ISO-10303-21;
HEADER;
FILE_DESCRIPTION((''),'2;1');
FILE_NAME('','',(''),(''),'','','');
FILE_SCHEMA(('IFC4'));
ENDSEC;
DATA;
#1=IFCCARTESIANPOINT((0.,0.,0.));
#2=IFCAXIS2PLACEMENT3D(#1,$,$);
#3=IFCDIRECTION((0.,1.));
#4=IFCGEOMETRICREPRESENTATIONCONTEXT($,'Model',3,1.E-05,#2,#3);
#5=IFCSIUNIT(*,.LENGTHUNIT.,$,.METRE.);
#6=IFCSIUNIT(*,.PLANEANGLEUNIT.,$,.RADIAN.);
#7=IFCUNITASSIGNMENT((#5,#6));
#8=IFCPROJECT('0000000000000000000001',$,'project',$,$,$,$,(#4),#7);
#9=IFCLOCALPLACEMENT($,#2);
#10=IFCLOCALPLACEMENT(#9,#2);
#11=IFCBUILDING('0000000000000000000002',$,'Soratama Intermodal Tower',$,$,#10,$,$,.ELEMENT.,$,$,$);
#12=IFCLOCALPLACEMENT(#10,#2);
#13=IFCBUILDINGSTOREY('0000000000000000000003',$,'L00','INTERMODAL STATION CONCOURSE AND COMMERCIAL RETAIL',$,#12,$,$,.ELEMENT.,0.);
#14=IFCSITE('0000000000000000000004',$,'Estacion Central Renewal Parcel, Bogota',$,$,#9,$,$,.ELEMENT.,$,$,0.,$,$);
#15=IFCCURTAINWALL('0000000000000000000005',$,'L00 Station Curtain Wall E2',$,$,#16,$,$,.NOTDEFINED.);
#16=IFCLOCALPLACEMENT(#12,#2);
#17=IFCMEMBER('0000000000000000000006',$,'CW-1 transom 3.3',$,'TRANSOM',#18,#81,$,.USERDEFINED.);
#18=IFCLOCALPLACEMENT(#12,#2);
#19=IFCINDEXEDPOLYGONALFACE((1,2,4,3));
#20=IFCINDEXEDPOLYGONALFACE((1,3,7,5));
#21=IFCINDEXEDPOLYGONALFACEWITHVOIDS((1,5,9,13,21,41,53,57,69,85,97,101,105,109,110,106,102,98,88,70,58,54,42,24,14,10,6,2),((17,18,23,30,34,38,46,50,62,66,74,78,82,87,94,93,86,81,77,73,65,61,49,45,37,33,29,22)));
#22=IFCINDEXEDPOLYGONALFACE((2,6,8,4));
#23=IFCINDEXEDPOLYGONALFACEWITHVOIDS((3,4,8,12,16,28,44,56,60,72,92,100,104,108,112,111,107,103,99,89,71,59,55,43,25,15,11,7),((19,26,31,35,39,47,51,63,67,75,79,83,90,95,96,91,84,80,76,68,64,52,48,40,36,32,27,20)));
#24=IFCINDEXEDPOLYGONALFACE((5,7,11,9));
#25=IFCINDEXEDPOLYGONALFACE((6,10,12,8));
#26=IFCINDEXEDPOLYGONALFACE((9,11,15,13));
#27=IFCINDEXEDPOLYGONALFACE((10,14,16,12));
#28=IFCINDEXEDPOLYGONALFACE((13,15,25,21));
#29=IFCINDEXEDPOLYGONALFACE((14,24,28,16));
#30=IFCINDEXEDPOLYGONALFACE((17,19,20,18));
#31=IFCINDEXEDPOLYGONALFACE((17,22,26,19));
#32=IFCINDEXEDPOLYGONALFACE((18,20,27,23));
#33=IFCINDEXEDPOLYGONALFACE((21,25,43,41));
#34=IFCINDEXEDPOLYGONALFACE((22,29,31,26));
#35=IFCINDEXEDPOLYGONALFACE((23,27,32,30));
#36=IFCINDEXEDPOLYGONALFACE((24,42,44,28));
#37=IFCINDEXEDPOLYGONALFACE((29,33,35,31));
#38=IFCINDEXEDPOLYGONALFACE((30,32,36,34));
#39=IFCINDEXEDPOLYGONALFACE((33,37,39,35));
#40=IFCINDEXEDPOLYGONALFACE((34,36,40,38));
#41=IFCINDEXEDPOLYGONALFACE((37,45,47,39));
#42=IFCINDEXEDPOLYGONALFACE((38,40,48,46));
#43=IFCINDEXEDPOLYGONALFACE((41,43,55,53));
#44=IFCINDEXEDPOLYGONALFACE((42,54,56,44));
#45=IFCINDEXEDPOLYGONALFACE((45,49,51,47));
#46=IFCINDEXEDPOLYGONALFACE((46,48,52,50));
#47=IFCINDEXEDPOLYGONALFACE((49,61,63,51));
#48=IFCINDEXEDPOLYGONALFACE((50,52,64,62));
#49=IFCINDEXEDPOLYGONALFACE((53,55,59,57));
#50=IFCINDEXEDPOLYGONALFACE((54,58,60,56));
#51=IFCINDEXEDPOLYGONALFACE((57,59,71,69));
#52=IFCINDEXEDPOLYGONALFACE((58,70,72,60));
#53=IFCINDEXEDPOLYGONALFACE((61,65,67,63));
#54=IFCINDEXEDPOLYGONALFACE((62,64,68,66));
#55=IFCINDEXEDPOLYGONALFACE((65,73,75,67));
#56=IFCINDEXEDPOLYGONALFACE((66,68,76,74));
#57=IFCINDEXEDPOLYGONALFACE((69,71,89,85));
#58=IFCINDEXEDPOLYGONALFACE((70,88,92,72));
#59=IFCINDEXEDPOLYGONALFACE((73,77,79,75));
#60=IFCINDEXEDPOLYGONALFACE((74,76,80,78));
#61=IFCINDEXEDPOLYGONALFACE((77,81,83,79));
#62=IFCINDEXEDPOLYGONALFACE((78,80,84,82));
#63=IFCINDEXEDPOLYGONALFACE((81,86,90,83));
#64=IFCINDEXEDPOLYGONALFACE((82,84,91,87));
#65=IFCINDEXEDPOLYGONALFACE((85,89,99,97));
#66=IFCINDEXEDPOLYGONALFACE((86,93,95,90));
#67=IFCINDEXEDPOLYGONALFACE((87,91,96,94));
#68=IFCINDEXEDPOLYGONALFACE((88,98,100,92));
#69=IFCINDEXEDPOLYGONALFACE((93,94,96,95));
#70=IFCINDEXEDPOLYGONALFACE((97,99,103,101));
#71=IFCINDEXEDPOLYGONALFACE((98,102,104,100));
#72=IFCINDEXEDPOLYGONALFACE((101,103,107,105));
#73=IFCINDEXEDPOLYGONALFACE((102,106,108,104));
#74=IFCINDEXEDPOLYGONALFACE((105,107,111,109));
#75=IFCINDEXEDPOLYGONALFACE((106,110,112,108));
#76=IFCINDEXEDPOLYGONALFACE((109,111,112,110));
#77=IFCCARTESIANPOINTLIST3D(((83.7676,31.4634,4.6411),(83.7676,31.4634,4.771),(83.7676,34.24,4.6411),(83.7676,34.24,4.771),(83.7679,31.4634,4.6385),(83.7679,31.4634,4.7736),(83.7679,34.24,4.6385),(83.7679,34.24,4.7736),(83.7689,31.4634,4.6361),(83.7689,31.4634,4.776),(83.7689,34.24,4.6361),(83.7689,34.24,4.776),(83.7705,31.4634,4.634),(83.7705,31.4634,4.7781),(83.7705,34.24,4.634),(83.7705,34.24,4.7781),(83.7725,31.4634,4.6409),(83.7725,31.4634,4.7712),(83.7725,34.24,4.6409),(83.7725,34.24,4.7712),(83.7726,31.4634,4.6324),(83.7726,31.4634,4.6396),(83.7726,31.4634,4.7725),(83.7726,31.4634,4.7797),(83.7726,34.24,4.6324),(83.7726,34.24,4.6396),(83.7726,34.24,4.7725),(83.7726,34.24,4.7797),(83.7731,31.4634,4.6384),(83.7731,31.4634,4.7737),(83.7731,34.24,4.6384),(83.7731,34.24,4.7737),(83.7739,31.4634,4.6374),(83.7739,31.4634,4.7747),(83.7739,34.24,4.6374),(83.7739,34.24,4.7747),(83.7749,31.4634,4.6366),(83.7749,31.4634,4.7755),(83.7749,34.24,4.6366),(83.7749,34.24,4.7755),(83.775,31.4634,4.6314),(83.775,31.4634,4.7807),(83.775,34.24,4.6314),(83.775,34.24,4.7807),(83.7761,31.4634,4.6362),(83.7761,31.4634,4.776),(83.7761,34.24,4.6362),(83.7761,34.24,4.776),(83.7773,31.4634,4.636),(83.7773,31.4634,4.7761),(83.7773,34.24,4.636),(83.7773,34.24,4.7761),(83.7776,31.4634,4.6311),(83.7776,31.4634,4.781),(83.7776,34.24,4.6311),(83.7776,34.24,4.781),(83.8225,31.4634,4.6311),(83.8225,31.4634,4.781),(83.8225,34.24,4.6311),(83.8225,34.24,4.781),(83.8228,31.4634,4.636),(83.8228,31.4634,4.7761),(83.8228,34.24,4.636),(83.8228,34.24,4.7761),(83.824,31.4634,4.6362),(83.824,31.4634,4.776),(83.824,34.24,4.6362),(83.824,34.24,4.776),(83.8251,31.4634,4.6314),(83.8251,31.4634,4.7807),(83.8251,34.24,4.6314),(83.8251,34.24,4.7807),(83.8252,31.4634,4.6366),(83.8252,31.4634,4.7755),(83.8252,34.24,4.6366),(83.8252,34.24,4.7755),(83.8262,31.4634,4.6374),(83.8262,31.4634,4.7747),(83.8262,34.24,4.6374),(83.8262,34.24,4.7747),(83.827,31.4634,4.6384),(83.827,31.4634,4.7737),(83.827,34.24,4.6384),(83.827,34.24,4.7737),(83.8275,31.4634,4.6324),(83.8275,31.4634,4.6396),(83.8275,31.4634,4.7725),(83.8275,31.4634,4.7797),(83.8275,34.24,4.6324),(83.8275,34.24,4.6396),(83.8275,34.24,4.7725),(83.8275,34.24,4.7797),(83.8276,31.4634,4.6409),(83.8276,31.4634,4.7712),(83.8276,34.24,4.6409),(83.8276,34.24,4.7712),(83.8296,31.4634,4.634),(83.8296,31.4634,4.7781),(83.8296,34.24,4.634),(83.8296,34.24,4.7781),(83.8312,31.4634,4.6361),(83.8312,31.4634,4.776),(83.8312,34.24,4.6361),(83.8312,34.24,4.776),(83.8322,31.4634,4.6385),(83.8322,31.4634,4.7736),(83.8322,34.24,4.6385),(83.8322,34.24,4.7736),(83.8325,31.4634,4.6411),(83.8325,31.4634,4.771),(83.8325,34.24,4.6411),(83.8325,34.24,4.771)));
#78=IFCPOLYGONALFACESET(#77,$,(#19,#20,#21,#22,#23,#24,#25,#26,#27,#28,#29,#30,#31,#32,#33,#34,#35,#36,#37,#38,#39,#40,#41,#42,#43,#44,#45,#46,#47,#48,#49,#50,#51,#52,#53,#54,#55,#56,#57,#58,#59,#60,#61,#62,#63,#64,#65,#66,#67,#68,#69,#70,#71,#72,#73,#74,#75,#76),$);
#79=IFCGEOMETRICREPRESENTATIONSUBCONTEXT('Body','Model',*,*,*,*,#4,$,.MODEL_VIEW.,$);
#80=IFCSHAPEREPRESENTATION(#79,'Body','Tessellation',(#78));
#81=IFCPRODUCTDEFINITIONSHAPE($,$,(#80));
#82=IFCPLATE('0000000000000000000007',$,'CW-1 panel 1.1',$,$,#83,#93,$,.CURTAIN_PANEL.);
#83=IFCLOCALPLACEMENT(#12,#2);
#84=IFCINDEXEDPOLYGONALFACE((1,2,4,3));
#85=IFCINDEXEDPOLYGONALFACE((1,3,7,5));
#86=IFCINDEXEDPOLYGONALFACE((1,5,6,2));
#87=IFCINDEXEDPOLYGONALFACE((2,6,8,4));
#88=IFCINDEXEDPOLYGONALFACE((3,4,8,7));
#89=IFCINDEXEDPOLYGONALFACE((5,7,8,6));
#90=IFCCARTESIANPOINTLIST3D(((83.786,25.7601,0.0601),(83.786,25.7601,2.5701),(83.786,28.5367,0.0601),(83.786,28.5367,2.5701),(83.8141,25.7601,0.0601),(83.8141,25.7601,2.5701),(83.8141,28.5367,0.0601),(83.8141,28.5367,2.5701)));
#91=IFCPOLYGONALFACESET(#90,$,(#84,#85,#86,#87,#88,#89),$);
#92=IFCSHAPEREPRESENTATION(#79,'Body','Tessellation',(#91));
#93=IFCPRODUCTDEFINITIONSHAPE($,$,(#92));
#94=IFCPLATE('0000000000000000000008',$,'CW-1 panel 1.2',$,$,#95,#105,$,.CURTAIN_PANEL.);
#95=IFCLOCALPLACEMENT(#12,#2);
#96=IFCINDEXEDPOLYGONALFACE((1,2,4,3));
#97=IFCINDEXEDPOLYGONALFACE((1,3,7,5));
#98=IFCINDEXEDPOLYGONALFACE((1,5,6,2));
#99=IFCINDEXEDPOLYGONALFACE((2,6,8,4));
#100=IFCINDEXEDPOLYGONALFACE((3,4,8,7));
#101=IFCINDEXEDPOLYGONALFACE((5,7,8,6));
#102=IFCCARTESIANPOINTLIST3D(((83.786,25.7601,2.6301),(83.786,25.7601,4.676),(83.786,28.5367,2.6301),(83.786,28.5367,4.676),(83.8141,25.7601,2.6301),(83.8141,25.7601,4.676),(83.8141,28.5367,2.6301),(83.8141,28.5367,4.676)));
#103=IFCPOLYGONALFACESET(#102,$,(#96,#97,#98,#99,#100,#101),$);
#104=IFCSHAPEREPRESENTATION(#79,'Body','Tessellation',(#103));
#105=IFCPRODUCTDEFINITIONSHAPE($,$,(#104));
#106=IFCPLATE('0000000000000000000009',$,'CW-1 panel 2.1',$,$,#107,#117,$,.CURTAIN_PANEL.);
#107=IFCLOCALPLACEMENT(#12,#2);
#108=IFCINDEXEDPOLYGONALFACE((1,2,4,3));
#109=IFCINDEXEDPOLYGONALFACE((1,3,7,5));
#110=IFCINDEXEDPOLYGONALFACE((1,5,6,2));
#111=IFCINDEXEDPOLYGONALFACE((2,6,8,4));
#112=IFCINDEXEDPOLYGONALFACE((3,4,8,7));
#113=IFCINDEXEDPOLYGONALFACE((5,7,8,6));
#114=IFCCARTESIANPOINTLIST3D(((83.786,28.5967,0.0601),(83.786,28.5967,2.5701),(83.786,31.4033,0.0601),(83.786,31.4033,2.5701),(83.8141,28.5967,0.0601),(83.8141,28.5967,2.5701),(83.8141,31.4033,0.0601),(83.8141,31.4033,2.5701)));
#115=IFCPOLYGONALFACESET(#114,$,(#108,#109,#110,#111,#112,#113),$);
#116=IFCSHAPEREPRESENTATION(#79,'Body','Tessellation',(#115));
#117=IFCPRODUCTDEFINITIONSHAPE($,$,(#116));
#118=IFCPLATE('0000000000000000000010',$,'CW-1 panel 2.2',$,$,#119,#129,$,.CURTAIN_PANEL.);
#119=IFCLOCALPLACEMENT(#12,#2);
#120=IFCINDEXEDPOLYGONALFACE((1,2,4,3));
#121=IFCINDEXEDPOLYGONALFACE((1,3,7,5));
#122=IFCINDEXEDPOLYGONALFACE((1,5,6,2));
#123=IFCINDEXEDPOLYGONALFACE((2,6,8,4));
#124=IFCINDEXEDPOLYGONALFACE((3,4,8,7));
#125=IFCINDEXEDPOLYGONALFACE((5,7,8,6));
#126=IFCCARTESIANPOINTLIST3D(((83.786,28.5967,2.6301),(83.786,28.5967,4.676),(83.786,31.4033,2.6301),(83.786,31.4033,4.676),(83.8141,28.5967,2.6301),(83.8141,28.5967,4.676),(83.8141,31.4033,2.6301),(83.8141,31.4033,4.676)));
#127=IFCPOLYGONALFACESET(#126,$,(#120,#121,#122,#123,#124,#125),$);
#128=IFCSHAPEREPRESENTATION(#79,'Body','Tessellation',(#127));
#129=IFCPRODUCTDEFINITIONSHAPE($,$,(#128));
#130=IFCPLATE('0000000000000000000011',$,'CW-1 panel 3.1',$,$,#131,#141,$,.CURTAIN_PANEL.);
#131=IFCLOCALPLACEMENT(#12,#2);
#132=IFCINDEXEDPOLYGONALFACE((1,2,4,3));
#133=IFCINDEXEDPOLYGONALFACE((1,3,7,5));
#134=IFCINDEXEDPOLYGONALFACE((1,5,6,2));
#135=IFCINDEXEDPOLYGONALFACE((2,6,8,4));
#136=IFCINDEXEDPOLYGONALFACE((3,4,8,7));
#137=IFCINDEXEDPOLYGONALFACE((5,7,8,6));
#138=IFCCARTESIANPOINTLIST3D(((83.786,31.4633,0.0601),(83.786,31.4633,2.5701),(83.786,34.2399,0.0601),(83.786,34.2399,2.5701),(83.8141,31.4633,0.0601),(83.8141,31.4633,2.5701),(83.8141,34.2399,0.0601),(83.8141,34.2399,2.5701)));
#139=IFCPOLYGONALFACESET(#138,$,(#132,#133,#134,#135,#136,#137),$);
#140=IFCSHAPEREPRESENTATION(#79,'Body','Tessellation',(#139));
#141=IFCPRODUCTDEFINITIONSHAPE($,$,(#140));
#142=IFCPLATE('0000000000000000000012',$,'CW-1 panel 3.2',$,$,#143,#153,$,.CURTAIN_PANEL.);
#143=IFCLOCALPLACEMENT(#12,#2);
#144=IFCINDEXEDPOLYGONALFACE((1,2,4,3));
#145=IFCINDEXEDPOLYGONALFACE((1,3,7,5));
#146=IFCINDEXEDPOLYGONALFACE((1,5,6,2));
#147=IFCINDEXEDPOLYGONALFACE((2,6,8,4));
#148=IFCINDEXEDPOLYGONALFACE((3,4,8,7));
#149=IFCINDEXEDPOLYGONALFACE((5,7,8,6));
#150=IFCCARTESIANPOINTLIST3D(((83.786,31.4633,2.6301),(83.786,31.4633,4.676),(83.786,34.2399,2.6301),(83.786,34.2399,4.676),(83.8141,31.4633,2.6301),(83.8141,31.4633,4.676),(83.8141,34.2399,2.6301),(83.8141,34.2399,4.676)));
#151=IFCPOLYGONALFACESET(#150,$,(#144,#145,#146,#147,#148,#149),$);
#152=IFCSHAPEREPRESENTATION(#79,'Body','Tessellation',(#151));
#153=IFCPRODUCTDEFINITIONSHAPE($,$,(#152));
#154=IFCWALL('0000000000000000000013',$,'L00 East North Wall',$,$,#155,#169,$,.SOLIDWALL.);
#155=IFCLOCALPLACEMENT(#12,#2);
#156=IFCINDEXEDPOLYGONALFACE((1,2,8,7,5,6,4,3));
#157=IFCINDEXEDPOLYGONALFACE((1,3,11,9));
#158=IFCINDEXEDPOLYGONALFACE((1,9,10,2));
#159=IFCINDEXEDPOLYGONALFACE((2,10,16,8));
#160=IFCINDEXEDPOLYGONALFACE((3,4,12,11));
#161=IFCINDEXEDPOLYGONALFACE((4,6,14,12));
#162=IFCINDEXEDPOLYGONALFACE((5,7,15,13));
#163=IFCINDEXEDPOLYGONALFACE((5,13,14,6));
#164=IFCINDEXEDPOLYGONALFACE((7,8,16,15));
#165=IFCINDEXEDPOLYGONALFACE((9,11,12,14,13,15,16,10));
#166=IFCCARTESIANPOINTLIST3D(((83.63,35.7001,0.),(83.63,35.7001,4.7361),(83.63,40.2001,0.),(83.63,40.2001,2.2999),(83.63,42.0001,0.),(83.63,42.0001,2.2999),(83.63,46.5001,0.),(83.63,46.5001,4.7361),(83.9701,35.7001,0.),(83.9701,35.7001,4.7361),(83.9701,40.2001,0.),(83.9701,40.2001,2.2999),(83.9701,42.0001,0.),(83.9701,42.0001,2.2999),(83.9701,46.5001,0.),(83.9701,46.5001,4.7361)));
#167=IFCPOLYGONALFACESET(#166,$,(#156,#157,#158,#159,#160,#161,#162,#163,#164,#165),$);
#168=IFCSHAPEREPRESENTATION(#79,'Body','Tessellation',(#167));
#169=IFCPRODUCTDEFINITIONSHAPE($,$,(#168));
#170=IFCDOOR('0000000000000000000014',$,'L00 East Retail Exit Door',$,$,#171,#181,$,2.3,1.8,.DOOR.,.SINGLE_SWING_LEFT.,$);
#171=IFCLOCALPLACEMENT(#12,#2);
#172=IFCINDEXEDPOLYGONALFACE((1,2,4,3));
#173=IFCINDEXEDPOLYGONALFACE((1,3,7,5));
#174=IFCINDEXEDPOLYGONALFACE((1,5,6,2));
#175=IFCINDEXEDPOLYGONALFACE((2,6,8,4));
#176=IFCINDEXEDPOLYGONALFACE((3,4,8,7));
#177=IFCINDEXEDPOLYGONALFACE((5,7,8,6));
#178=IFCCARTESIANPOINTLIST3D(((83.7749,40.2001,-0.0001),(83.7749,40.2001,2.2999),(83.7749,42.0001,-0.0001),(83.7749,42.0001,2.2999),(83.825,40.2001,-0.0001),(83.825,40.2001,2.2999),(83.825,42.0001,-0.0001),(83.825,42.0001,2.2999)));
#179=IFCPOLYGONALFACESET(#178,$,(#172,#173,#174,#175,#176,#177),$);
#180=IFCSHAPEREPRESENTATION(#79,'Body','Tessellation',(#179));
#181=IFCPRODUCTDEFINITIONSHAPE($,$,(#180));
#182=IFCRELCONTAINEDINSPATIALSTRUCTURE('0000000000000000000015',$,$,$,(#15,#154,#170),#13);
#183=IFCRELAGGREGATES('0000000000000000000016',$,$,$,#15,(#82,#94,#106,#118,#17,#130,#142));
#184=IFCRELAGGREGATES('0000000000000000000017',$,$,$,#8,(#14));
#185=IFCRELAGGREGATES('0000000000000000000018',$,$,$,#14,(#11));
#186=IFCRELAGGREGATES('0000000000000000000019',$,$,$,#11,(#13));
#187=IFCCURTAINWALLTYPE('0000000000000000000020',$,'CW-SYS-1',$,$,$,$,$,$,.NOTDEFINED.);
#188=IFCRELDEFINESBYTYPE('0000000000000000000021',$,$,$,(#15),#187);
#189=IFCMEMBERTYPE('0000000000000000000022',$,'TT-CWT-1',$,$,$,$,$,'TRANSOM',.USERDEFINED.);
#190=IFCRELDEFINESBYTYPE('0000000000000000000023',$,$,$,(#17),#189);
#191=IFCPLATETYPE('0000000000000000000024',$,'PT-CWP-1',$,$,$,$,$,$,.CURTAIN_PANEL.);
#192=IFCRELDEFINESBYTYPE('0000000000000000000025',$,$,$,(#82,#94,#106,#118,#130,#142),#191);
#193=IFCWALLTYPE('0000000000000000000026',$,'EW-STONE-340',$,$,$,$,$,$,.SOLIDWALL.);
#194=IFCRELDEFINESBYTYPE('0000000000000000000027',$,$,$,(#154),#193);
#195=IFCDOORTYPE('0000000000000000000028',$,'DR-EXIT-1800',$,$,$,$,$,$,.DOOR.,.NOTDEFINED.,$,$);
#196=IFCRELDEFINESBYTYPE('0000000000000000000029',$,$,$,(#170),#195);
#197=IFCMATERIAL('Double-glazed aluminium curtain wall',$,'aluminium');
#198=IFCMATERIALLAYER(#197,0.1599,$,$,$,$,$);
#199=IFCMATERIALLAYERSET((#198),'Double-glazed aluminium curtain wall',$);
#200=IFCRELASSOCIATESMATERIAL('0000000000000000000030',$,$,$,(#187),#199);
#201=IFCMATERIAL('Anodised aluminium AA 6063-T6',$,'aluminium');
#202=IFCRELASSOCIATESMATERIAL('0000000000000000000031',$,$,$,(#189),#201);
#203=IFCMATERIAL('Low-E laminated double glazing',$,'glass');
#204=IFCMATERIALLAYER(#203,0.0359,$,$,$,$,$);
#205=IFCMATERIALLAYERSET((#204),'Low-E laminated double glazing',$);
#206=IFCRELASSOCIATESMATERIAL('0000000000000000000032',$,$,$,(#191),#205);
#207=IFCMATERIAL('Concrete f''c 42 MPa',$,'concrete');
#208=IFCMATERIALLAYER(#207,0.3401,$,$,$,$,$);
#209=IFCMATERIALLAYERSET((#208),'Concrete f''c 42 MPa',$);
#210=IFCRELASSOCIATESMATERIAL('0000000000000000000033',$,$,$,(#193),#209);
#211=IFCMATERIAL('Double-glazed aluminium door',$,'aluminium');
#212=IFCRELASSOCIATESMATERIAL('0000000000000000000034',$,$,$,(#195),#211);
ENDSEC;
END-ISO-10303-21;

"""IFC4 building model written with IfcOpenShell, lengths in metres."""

from ifc_helpers import new_model, si_unit, direction, frame, frame_2d, origin, origin_2d, place, context, subcontext, project, spatial, rectangle, hollow_rectangle, extrude, material, layer, layer_set, material_profile, profile_set, type_object, element, fill, aggregate, save


model = new_model("IFC4")

# Units and contexts
model_context = context("Model", 3, precision=1e-05, world=origin(), true_north=direction((0.0, 1.0)))
body_context = subcontext(model_context, "Body", "Model", "MODEL_VIEW")
ifc_project = project(units=[si_unit("LENGTHUNIT", "METRE"), si_unit("PLANEANGLEUNIT", "RADIAN")], contexts=[model_context])

# Site, building, storey
site_placement = place(None, origin())
site = spatial("IfcSite", under=ifc_project, at=site_placement, Name="Estacion Central Renewal Parcel, Bogota", CompositionType="ELEMENT", RefElevation=0.0)
building_placement = place(site_placement, origin())
building = spatial("IfcBuilding", under=site, at=building_placement, Name="Soratama Intermodal Tower", CompositionType="ELEMENT")
storey_placement = place(building_placement, origin())
storey = spatial("IfcBuildingStorey", under=building, at=storey_placement, Name="L00", Description="INTERMODAL STATION CONCOURSE AND COMMERCIAL RETAIL", CompositionType="ELEMENT", Elevation=0.0)

# Curtain wall, member, plates
ifc_material_1 = material(Name="Double-glazed aluminium curtain wall", Category="aluminium")
ifc_layer_1 = layer(ifc_material_1, 0.1599)
ifc_layer_set_1 = layer_set([ifc_layer_1], Name="Double-glazed aluminium curtain wall")
curtain_wall_type = type_object("IfcCurtainWallType", Name="CW-SYS-1", PredefinedType="NOTDEFINED", material=ifc_layer_set_1)
curtain_wall_placement = place(storey_placement, origin())
curtain_wall = element("IfcCurtainWall", 1, at=curtain_wall_placement, inside=storey, type_object=curtain_wall_type, Name="L00 Station Curtain Wall E2", PredefinedType="NOTDEFINED")
ifc_material_2 = material(Name="Anodised aluminium AA 6063-T6", Category="aluminium")
ifc_material_profile_1 = material_profile(ifc_material_2, hollow_rectangle(XDim=0.0649, YDim=0.1499, WallThickness=0.0049, InnerFilletRadius=0.0049, OuterFilletRadius=0.01, at=origin_2d()), Name="CWT150X65X5")
ifc_profile_set_1 = profile_set([ifc_material_profile_1], Name="Anodised aluminium AA 6063-T6")
member_type_1 = type_object("IfcMemberType", Name="TT-CWT-1", ElementType="TRANSOM", PredefinedType="USERDEFINED", material=ifc_profile_set_1)
member_1_placement = place(storey_placement, frame((83.8, 31.4634, 4.7061), z_axis=(0.0, 1.0, 0.0), x_axis=(-1.0, 0.0, 0.0)))
member_1 = element("IfcMember", 2, at=member_1_placement, type_object=member_type_1, Name="CW-1 transom 3.3", ObjectType="TRANSOM", PredefinedType="USERDEFINED", context=body_context, shape_type="SweptSolid", body=[
    extrude(hollow_rectangle(XDim=0.0649, YDim=0.1499, WallThickness=0.0049, InnerFilletRadius=0.0049, OuterFilletRadius=0.01, at=origin_2d()), origin(), (0.0, 0.0, 1.0), 2.7766),
])
ifc_material_3 = material(Name="Low-E laminated double glazing", Category="glass")
ifc_layer_2 = layer(ifc_material_3, 0.0359)
ifc_layer_set_2 = layer_set([ifc_layer_2], Name="Low-E laminated double glazing")
plate_type = type_object("IfcPlateType", Name="PT-CWP-1", PredefinedType="CURTAIN_PANEL", material=ifc_layer_set_2)
plate_1_placement = place(storey_placement, frame((83.8, 27.1484, 0.0601), z_axis=(0.0, 0.0, 1.0), x_axis=(0.0, 1.0, 0.0)))
plate_1 = element("IfcPlate", 3, at=plate_1_placement, type_object=plate_type, Name="CW-1 panel 1.1", PredefinedType="CURTAIN_PANEL", context=body_context, shape_type="SweptSolid", body=[
    extrude(rectangle(XDim=2.7766, YDim=0.0281, at=origin_2d()), origin(), (0.0, 0.0, 1.0), 2.51),
])
plate_2_placement = place(storey_placement, frame((83.8, 27.1484, 2.6301), z_axis=(0.0, 0.0, 1.0), x_axis=(0.0, 1.0, 0.0)))
plate_2 = element("IfcPlate", 4, at=plate_2_placement, type_object=plate_type, Name="CW-1 panel 1.2", PredefinedType="CURTAIN_PANEL", context=body_context, shape_type="SweptSolid", body=[
    extrude(rectangle(XDim=2.7766, YDim=0.0281, at=origin_2d()), origin(), (0.0, 0.0, 1.0), 2.0459),
])
plate_3_placement = place(storey_placement, frame((83.8, 30.0, 0.0601), z_axis=(0.0, 0.0, 1.0), x_axis=(0.0, 1.0, 0.0)))
plate_3 = element("IfcPlate", 5, at=plate_3_placement, type_object=plate_type, Name="CW-1 panel 2.1", PredefinedType="CURTAIN_PANEL", context=body_context, shape_type="SweptSolid", body=[
    extrude(rectangle(XDim=2.8066, YDim=0.0281, at=origin_2d()), origin(), (0.0, 0.0, 1.0), 2.51),
])
plate_4_placement = place(storey_placement, frame((83.8, 30.0, 2.6301), z_axis=(0.0, 0.0, 1.0), x_axis=(0.0, 1.0, 0.0)))
plate_4 = element("IfcPlate", 6, at=plate_4_placement, type_object=plate_type, Name="CW-1 panel 2.2", PredefinedType="CURTAIN_PANEL", context=body_context, shape_type="SweptSolid", body=[
    extrude(rectangle(XDim=2.8066, YDim=0.0281, at=origin_2d()), origin(), (0.0, 0.0, 1.0), 2.0459),
])
plate_5_placement = place(storey_placement, frame((83.8, 32.8516, 0.0601), z_axis=(0.0, 0.0, 1.0), x_axis=(0.0, 1.0, 0.0)))
plate_5 = element("IfcPlate", 7, at=plate_5_placement, type_object=plate_type, Name="CW-1 panel 3.1", PredefinedType="CURTAIN_PANEL", context=body_context, shape_type="SweptSolid", body=[
    extrude(rectangle(XDim=2.7766, YDim=0.0281, at=origin_2d()), origin(), (0.0, 0.0, 1.0), 2.51),
])
plate_6_placement = place(storey_placement, frame((83.8, 32.8516, 2.6301), z_axis=(0.0, 0.0, 1.0), x_axis=(0.0, 1.0, 0.0)))
plate_6 = element("IfcPlate", 8, at=plate_6_placement, type_object=plate_type, Name="CW-1 panel 3.2", PredefinedType="CURTAIN_PANEL", context=body_context, shape_type="SweptSolid", body=[
    extrude(rectangle(XDim=2.7766, YDim=0.0281, at=origin_2d()), origin(), (0.0, 0.0, 1.0), 2.0459),
])
aggregate(curtain_wall, [plate_1, plate_2, plate_3, plate_4, member_1, plate_5, plate_6])

# Wall, opening, door
ifc_material_4 = material(Name="Concrete f'c 42 MPa", Category="concrete")
ifc_layer_3 = layer(ifc_material_4, 0.3401)
ifc_layer_set_3 = layer_set([ifc_layer_3], Name="Concrete f'c 42 MPa")
wall_type_1 = type_object("IfcWallType", Name="EW-STONE-340", PredefinedType="SOLIDWALL", material=ifc_layer_set_3)
wall_1_placement = place(storey_placement, frame((83.8, 46.5, 0.0), z_axis=(0.0, 0.0, 1.0), x_axis=(0.0, -1.0, 0.0)))
wall_1 = element("IfcWall", 9, at=wall_1_placement, inside=storey, type_object=wall_type_1, Name="L00 East North Wall", PredefinedType="SOLIDWALL", context=body_context, shape_type="SweptSolid", body=[
    extrude(rectangle(XDim=10.8, YDim=0.3401, at=frame_2d((5.3999, 0.0))), origin(), (0.0, 0.0, 1.0), 4.7361),
])
opening_placement = place(wall_1_placement, frame((4.5, 0.0, 0.0)))
opening = element("IfcOpeningElement", 10, at=opening_placement, cuts=wall_1, PredefinedType="OPENING", context=body_context, shape_type="SweptSolid", body=[
    extrude(rectangle(XDim=1.8, YDim=2.3, at=frame_2d((0.8999, 1.1499))), frame((0.0, 0.1799, 0.0), z_axis=(0.0, -1.0, 0.0), x_axis=(1.0, 0.0, 0.0)), (0.0, 0.0, 1.0), 0.3601),
])
ifc_material_5 = material(Name="Double-glazed aluminium door", Category="aluminium")
door_type = type_object("IfcDoorType", Name="DR-EXIT-1800", OperationType="NOTDEFINED", PredefinedType="DOOR", material=ifc_material_5)
door_placement = place(opening_placement, origin())
door = element("IfcDoor", 11, at=door_placement, inside=storey, type_object=door_type, Name="L00 East Retail Exit Door", OperationType="SINGLE_SWING_LEFT", OverallHeight=2.3, OverallWidth=1.8, PredefinedType="DOOR", context=body_context, shape_type="SweptSolid", body=[
    extrude(rectangle(XDim=1.8, YDim=2.3, at=frame_2d((0.8999, 1.1499))), frame((0.0, 0.0249, 0.0), z_axis=(0.0, -1.0, 0.0), x_axis=(1.0, 0.0, 0.0)), (0.0, 0.0, 1.0), 0.05),
])
fill(opening, door)

save(model, "model.ifc")
